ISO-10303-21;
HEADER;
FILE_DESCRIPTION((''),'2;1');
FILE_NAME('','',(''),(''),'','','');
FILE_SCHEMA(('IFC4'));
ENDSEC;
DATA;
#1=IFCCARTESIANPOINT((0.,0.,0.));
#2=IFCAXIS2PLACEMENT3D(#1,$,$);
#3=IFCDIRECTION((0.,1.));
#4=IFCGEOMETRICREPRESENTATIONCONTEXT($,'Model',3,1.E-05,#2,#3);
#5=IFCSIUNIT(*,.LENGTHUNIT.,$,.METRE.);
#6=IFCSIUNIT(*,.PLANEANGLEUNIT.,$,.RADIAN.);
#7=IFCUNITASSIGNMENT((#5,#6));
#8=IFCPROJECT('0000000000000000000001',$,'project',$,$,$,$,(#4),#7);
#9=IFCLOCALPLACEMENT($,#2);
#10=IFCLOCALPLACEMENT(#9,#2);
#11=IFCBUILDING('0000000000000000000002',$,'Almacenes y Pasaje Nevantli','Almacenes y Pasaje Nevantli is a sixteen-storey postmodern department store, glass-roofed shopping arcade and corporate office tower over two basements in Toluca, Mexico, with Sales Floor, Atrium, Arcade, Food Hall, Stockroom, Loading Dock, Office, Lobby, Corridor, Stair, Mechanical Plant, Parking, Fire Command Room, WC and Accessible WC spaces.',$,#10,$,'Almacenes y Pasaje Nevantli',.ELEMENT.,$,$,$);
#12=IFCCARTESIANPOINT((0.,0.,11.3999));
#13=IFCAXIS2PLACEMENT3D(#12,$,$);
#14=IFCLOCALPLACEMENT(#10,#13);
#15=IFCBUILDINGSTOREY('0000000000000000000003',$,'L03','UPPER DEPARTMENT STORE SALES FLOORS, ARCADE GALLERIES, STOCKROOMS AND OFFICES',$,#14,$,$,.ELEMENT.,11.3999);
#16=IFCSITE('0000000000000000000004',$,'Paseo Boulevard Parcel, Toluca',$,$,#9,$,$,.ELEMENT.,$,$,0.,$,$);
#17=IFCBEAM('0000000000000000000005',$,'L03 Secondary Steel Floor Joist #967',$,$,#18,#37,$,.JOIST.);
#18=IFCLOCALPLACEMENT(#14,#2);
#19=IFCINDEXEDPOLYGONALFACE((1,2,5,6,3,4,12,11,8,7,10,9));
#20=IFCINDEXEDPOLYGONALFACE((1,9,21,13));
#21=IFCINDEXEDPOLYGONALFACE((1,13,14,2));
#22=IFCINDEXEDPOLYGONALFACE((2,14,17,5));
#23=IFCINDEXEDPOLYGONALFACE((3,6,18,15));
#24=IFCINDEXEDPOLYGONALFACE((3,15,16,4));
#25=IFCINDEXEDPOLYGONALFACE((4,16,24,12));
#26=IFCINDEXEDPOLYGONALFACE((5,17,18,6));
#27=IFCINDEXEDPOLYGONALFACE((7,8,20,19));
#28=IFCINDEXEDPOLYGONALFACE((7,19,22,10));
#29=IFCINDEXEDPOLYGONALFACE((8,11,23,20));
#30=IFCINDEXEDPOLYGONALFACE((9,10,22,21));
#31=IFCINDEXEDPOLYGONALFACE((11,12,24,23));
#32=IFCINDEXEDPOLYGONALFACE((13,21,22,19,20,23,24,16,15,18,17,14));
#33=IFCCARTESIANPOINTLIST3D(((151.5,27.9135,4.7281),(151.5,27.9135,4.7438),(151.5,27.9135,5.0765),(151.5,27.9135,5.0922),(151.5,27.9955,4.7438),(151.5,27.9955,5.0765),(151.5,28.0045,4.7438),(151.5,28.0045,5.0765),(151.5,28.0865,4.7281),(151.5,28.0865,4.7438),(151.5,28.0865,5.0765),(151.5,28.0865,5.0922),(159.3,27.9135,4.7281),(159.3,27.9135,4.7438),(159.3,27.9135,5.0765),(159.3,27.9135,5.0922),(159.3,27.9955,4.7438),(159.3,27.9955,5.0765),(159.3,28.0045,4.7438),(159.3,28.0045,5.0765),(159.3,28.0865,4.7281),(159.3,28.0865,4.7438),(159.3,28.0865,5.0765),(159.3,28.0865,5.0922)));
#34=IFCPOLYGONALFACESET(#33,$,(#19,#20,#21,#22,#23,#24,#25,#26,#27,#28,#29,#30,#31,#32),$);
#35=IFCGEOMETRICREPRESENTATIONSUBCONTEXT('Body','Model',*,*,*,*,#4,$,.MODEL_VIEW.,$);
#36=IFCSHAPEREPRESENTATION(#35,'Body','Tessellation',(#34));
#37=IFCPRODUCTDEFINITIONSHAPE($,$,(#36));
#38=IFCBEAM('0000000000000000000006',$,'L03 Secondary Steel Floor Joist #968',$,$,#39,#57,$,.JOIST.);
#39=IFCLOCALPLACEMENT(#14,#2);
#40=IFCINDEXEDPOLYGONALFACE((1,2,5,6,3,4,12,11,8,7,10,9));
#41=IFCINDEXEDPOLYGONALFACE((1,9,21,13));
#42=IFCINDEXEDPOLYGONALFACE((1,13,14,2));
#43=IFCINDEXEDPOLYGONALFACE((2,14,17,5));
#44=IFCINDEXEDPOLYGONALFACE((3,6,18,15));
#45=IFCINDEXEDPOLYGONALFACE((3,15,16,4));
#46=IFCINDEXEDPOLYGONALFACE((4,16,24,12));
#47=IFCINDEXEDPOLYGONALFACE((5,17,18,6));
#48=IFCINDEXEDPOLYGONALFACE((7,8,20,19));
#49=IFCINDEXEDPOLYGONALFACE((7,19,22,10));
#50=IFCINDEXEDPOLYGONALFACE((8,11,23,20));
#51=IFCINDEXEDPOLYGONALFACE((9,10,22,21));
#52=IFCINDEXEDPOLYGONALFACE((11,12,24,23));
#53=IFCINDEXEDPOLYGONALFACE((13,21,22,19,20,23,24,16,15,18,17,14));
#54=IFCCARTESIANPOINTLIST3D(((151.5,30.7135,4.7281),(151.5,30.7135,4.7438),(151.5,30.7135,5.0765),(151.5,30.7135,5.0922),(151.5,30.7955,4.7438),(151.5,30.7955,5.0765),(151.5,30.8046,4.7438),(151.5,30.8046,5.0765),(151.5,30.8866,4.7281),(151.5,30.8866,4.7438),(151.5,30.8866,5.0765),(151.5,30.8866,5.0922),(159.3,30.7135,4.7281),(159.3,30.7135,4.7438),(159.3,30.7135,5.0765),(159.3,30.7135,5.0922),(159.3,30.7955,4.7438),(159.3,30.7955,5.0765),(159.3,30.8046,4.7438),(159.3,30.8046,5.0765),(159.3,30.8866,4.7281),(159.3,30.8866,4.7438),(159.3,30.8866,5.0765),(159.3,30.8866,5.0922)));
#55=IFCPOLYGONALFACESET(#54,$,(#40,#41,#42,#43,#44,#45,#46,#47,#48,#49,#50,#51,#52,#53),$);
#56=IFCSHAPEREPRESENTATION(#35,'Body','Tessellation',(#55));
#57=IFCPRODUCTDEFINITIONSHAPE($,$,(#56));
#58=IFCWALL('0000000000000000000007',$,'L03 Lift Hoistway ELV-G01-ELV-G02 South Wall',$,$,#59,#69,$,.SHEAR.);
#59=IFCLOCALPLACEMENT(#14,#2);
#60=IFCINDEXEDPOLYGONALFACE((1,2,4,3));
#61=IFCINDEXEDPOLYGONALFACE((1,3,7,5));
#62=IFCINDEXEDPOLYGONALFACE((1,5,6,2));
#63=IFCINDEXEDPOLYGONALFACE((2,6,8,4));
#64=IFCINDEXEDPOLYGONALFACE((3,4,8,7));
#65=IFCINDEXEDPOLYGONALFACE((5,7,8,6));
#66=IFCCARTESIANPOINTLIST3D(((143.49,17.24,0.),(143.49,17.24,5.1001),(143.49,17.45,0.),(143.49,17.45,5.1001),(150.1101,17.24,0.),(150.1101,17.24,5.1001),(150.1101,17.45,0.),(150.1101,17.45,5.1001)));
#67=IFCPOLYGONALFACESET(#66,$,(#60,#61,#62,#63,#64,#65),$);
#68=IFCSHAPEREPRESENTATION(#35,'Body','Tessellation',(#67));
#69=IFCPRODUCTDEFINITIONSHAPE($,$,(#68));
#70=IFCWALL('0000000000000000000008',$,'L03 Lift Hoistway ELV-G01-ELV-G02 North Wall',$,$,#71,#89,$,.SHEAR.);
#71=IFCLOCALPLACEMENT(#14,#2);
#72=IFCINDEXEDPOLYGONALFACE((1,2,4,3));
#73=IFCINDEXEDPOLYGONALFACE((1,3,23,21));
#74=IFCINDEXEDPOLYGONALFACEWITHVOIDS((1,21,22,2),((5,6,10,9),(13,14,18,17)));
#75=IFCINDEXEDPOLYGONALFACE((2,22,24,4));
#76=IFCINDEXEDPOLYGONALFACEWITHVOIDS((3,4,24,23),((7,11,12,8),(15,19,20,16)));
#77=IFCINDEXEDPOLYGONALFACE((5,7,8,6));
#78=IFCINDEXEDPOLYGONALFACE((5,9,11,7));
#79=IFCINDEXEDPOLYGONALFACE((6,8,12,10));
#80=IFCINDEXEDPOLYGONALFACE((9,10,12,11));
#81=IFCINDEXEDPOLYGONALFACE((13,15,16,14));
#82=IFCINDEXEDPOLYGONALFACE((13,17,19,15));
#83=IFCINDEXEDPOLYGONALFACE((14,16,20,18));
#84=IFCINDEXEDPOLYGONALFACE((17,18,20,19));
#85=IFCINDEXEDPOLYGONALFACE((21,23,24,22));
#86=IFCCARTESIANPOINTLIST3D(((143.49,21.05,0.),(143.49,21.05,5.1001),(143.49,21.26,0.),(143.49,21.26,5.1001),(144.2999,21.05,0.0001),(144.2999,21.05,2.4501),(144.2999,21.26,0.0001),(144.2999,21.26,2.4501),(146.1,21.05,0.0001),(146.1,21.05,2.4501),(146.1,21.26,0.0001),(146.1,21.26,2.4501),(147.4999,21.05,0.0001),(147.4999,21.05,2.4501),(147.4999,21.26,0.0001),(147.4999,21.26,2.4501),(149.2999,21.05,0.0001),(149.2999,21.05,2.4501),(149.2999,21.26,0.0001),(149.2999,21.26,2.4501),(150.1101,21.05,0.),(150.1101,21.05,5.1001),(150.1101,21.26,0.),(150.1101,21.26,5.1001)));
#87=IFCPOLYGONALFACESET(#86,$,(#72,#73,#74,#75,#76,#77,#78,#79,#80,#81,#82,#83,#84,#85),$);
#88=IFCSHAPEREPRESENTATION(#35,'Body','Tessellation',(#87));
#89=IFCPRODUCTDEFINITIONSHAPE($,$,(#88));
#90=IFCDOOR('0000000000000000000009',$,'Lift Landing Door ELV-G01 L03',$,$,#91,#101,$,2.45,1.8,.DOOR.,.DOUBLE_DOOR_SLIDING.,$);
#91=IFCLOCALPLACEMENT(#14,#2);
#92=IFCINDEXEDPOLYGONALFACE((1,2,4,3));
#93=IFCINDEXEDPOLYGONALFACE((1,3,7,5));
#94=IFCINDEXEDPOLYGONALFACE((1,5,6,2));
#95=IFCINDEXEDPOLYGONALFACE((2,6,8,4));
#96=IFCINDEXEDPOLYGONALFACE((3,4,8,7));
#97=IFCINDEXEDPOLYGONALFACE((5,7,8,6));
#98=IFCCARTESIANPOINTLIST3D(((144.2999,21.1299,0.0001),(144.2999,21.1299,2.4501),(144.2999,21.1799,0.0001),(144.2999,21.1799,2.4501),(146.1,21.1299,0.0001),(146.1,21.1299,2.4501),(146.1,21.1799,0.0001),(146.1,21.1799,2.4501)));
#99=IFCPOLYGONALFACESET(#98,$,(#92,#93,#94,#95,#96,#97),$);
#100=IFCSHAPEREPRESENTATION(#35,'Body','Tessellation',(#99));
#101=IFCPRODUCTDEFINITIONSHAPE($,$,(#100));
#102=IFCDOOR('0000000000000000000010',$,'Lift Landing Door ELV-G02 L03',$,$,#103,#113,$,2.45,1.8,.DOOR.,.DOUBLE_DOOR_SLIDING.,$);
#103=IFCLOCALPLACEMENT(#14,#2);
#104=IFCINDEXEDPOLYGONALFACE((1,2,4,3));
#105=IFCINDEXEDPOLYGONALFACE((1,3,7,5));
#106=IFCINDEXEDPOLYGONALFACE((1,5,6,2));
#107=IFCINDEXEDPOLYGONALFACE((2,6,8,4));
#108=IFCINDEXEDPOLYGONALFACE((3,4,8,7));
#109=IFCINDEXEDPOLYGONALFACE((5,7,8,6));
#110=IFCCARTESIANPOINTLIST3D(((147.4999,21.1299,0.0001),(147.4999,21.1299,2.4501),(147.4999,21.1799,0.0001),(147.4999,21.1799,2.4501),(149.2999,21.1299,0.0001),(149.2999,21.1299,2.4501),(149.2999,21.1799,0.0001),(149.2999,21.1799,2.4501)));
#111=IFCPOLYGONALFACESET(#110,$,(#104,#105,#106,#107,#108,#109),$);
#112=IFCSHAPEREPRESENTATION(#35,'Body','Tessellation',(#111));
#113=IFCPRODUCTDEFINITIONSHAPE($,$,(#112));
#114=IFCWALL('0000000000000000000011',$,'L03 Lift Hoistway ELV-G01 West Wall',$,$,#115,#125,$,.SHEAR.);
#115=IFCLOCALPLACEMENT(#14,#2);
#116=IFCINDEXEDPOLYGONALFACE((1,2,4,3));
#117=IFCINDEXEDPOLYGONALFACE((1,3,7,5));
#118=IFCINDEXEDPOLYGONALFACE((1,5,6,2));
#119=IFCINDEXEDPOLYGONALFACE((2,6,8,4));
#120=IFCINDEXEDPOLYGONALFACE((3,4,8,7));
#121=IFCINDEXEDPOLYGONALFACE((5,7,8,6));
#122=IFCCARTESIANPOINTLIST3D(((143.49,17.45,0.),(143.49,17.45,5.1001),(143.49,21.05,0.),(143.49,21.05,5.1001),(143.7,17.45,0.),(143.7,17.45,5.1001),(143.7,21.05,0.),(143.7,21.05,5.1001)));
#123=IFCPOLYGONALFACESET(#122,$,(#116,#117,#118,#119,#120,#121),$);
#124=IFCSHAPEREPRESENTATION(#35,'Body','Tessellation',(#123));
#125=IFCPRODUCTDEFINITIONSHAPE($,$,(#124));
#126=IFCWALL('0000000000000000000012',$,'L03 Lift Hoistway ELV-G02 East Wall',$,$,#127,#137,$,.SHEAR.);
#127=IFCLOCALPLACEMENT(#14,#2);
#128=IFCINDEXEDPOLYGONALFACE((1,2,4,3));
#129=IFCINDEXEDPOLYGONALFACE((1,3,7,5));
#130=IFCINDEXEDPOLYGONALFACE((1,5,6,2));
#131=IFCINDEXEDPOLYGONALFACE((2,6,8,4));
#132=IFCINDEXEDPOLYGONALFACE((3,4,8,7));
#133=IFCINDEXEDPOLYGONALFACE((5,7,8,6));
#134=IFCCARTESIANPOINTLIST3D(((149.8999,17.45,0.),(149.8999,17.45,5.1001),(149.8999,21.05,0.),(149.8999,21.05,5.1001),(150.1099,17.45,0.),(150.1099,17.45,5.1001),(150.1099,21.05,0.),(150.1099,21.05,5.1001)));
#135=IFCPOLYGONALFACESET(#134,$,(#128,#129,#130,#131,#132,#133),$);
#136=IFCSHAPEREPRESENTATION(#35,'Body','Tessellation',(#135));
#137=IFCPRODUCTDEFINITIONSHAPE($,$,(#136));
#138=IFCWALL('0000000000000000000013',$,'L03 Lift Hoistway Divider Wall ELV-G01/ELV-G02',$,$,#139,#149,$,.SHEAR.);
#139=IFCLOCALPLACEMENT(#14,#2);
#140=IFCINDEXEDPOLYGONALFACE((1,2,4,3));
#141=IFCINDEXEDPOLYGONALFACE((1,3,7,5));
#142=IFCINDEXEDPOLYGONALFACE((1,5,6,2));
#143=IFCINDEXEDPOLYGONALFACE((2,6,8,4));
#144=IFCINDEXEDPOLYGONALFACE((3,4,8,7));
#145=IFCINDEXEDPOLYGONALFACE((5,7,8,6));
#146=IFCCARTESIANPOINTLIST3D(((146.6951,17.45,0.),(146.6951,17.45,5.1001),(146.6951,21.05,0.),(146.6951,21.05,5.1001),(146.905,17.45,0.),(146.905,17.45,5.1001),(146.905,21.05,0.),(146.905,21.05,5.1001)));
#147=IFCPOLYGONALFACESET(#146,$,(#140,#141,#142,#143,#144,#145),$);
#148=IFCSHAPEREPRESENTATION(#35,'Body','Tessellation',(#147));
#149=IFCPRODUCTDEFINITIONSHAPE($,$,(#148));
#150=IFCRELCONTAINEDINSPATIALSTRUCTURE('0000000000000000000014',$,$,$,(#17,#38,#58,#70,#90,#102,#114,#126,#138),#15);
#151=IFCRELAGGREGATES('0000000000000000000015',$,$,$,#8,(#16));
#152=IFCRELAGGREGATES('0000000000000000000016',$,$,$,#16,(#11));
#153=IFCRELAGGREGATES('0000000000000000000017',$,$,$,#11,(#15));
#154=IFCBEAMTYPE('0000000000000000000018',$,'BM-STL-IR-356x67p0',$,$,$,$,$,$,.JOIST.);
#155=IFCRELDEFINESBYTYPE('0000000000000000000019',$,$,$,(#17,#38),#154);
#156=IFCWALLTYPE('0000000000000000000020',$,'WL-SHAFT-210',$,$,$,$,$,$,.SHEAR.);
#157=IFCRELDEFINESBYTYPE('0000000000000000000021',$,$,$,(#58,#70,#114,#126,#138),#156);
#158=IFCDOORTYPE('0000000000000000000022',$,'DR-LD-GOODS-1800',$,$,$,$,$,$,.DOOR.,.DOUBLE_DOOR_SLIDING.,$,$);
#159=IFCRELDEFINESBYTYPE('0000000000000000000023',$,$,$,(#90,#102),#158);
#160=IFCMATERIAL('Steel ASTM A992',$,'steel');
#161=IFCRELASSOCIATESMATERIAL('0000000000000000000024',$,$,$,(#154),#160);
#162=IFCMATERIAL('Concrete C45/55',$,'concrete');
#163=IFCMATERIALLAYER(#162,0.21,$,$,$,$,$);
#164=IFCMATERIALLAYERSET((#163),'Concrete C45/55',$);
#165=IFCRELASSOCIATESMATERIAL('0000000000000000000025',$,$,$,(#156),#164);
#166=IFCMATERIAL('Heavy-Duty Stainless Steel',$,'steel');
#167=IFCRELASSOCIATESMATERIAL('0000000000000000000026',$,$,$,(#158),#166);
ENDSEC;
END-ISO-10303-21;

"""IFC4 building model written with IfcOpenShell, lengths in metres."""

from ifc_helpers import new_model, si_unit, direction, frame, frame_2d, origin, origin_2d, place, context, subcontext, project, spatial, rectangle, i_section, extrude, material, layer, layer_set, material_profile, profile_set, type_object, element, fill, save


model = new_model("IFC4")

# Units and contexts
model_context = context("Model", 3, precision=1e-05, world=origin(), true_north=direction((0.0, 1.0)))
body_context = subcontext(model_context, "Body", "Model", "MODEL_VIEW")
ifc_project = project(units=[si_unit("LENGTHUNIT", "METRE"), si_unit("PLANEANGLEUNIT", "RADIAN")], contexts=[model_context])

# Site, building, storey
site_placement = place(None, origin())
site = spatial("IfcSite", under=ifc_project, at=site_placement, Name="Paseo Boulevard Parcel, Toluca", CompositionType="ELEMENT", RefElevation=0.0)
building_placement = place(site_placement, origin())
building = spatial("IfcBuilding", under=site, at=building_placement, Name="Almacenes y Pasaje Nevantli", Description="Almacenes y Pasaje Nevantli is a sixteen-storey postmodern department store, glass-roofed shopping arcade and corporate office tower over two basements in Toluca, Mexico, with Sales Floor, Atrium, Arcade, Food Hall, Stockroom, Loading Dock, Office, Lobby, Corridor, Stair, Mechanical Plant, Parking, Fire Command Room, WC and Accessible WC spaces.", LongName="Almacenes y Pasaje Nevantli", CompositionType="ELEMENT")
storey_placement = place(building_placement, frame((0.0, 0.0, 11.3999)))
storey = spatial("IfcBuildingStorey", under=building, at=storey_placement, Name="L03", Description="UPPER DEPARTMENT STORE SALES FLOORS, ARCADE GALLERIES, STOCKROOMS AND OFFICES", CompositionType="ELEMENT", Elevation=11.3999)

# Beams
ifc_material_1 = material(Name="Steel ASTM A992", Category="steel")
ifc_material_profile_1 = material_profile(ifc_material_1, i_section(OverallWidth=0.1731, OverallDepth=0.364, WebThickness=0.009, FlangeThickness=0.0156, at=origin_2d()), Name="IR 356x67.0")
ifc_profile_set_1 = profile_set([ifc_material_profile_1], Name="Steel ASTM A992")
beam_type_1 = type_object("IfcBeamType", Name="BM-STL-IR-356x67p0", PredefinedType="JOIST", material=ifc_profile_set_1)
for number, where, z_axis, x_axis, name in (
    (1, (151.5, 28.0, 4.9102), (1.0, 0.0, 0.0), (0.0, 1.0, 0.0), "L03 Secondary Steel Floor Joist #967"),
    (2, (151.5, 30.8, 4.9102), (1.0, 0.0, 0.0), (0.0, 1.0, 0.0), "L03 Secondary Steel Floor Joist #968"),
):
    element("IfcBeam", number, at=place(storey_placement, frame(where, z_axis=z_axis, x_axis=x_axis)), inside=storey, type_object=beam_type_1, Name=name, PredefinedType="JOIST", context=body_context, shape_type="SweptSolid", body=[
        extrude(i_section(OverallWidth=0.1731, OverallDepth=0.364, WebThickness=0.009, FlangeThickness=0.0156, at=origin_2d()), origin(), (0.0, 0.0, 1.0), 7.8),
    ])

# Wall
ifc_material_2 = material(Name="Concrete C45/55", Category="concrete")
ifc_layer = layer(ifc_material_2, 0.21)
ifc_layer_set = layer_set([ifc_layer], Name="Concrete C45/55")
wall_type = type_object("IfcWallType", Name="WL-SHAFT-210", PredefinedType="SHEAR", material=ifc_layer_set)
wall_1_placement = place(storey_placement, frame((143.49, 17.345, 0.0), z_axis=(0.0, 0.0, 1.0), x_axis=(1.0, 0.0, 0.0)))
element("IfcWall", 3, at=wall_1_placement, inside=storey, type_object=wall_type, Name="L03 Lift Hoistway ELV-G01-ELV-G02 South Wall", PredefinedType="SHEAR", context=body_context, shape_type="SweptSolid", body=[
    extrude(rectangle(XDim=6.6201, YDim=0.21, at=frame_2d((3.3101, 0.0))), origin(), (0.0, 0.0, 1.0), 5.1001),
])

# Wall, openings, doors
wall_2_placement = place(storey_placement, frame((143.49, 21.155, 0.0), z_axis=(0.0, 0.0, 1.0), x_axis=(1.0, 0.0, 0.0)))
wall_2 = element("IfcWall", 4, at=wall_2_placement, inside=storey, type_object=wall_type, Name="L03 Lift Hoistway ELV-G01-ELV-G02 North Wall", PredefinedType="SHEAR", context=body_context, shape_type="SweptSolid", body=[
    extrude(rectangle(XDim=6.6201, YDim=0.21, at=frame_2d((3.3101, 0.0))), origin(), (0.0, 0.0, 1.0), 5.1001),
])
opening_1_placement = place(wall_2_placement, frame((0.8101, 0.0, 0.0)))
opening_1 = element("IfcOpeningElement", 5, at=opening_1_placement, cuts=wall_2, PredefinedType="OPENING", context=body_context, shape_type="SweptSolid", body=[
    extrude(rectangle(XDim=1.8, YDim=2.45, at=frame_2d((0.8999, 1.2251))), frame((0.0, 0.115, 0.0), z_axis=(0.0, -1.0, 0.0), x_axis=(1.0, 0.0, 0.0)), (0.0, 0.0, 1.0), 0.23),
])
opening_2_placement = place(wall_2_placement, frame((4.01, 0.0, 0.0)))
opening_2 = element("IfcOpeningElement", 6, at=opening_2_placement, cuts=wall_2, PredefinedType="OPENING", context=body_context, shape_type="SweptSolid", body=[
    extrude(rectangle(XDim=1.8, YDim=2.45, at=frame_2d((0.8999, 1.2251))), frame((0.0, 0.115, 0.0), z_axis=(0.0, -1.0, 0.0), x_axis=(1.0, 0.0, 0.0)), (0.0, 0.0, 1.0), 0.23),
])
ifc_material_3 = material(Name="Heavy-Duty Stainless Steel", Category="steel")
door_type = type_object("IfcDoorType", Name="DR-LD-GOODS-1800", OperationType="DOUBLE_DOOR_SLIDING", PredefinedType="DOOR", material=ifc_material_3)
door_1_placement = place(opening_1_placement, origin())
door_1 = element("IfcDoor", 7, at=door_1_placement, inside=storey, type_object=door_type, Name="Lift Landing Door ELV-G01 L03", OperationType="DOUBLE_DOOR_SLIDING", OverallHeight=2.45, OverallWidth=1.8, PredefinedType="DOOR", context=body_context, shape_type="SweptSolid", body=[
    extrude(rectangle(XDim=1.8, YDim=2.45, at=frame_2d((0.8999, 1.2251))), frame((0.0, 0.0249, 0.0), z_axis=(0.0, -1.0, 0.0), x_axis=(1.0, 0.0, 0.0)), (0.0, 0.0, 1.0), 0.05),
])
fill(opening_1, door_1)
door_2_placement = place(opening_2_placement, origin())
door_2 = element("IfcDoor", 8, at=door_2_placement, inside=storey, type_object=door_type, Name="Lift Landing Door ELV-G02 L03", OperationType="DOUBLE_DOOR_SLIDING", OverallHeight=2.45, OverallWidth=1.8, PredefinedType="DOOR", context=body_context, shape_type="SweptSolid", body=[
    extrude(rectangle(XDim=1.8, YDim=2.45, at=frame_2d((0.8999, 1.2251))), frame((0.0, 0.0249, 0.0), z_axis=(0.0, -1.0, 0.0), x_axis=(1.0, 0.0, 0.0)), (0.0, 0.0, 1.0), 0.05),
])
fill(opening_2, door_2)

# Walls
for number, where, z_axis, x_axis, name in (
    (9, (143.595, 17.45, 0.0), (0.0, 0.0, 1.0), (0.0, 1.0, 0.0), "L03 Lift Hoistway ELV-G01 West Wall"),
    (10, (150.0049, 17.45, 0.0), (0.0, 0.0, 1.0), (0.0, 1.0, 0.0), "L03 Lift Hoistway ELV-G02 East Wall"),
    (11, (146.8, 17.45, 0.0), (0.0, 0.0, 1.0), (0.0, 1.0, 0.0), "L03 Lift Hoistway Divider Wall ELV-G01/ELV-G02"),
):
    element("IfcWall", number, at=place(storey_placement, frame(where, z_axis=z_axis, x_axis=x_axis)), inside=storey, type_object=wall_type, Name=name, PredefinedType="SHEAR", context=body_context, shape_type="SweptSolid", body=[
        extrude(rectangle(XDim=3.6001, YDim=0.21, at=frame_2d((1.8, 0.0))), origin(), (0.0, 0.0, 1.0), 5.1001),
    ])

save(model, "model.ifc")
